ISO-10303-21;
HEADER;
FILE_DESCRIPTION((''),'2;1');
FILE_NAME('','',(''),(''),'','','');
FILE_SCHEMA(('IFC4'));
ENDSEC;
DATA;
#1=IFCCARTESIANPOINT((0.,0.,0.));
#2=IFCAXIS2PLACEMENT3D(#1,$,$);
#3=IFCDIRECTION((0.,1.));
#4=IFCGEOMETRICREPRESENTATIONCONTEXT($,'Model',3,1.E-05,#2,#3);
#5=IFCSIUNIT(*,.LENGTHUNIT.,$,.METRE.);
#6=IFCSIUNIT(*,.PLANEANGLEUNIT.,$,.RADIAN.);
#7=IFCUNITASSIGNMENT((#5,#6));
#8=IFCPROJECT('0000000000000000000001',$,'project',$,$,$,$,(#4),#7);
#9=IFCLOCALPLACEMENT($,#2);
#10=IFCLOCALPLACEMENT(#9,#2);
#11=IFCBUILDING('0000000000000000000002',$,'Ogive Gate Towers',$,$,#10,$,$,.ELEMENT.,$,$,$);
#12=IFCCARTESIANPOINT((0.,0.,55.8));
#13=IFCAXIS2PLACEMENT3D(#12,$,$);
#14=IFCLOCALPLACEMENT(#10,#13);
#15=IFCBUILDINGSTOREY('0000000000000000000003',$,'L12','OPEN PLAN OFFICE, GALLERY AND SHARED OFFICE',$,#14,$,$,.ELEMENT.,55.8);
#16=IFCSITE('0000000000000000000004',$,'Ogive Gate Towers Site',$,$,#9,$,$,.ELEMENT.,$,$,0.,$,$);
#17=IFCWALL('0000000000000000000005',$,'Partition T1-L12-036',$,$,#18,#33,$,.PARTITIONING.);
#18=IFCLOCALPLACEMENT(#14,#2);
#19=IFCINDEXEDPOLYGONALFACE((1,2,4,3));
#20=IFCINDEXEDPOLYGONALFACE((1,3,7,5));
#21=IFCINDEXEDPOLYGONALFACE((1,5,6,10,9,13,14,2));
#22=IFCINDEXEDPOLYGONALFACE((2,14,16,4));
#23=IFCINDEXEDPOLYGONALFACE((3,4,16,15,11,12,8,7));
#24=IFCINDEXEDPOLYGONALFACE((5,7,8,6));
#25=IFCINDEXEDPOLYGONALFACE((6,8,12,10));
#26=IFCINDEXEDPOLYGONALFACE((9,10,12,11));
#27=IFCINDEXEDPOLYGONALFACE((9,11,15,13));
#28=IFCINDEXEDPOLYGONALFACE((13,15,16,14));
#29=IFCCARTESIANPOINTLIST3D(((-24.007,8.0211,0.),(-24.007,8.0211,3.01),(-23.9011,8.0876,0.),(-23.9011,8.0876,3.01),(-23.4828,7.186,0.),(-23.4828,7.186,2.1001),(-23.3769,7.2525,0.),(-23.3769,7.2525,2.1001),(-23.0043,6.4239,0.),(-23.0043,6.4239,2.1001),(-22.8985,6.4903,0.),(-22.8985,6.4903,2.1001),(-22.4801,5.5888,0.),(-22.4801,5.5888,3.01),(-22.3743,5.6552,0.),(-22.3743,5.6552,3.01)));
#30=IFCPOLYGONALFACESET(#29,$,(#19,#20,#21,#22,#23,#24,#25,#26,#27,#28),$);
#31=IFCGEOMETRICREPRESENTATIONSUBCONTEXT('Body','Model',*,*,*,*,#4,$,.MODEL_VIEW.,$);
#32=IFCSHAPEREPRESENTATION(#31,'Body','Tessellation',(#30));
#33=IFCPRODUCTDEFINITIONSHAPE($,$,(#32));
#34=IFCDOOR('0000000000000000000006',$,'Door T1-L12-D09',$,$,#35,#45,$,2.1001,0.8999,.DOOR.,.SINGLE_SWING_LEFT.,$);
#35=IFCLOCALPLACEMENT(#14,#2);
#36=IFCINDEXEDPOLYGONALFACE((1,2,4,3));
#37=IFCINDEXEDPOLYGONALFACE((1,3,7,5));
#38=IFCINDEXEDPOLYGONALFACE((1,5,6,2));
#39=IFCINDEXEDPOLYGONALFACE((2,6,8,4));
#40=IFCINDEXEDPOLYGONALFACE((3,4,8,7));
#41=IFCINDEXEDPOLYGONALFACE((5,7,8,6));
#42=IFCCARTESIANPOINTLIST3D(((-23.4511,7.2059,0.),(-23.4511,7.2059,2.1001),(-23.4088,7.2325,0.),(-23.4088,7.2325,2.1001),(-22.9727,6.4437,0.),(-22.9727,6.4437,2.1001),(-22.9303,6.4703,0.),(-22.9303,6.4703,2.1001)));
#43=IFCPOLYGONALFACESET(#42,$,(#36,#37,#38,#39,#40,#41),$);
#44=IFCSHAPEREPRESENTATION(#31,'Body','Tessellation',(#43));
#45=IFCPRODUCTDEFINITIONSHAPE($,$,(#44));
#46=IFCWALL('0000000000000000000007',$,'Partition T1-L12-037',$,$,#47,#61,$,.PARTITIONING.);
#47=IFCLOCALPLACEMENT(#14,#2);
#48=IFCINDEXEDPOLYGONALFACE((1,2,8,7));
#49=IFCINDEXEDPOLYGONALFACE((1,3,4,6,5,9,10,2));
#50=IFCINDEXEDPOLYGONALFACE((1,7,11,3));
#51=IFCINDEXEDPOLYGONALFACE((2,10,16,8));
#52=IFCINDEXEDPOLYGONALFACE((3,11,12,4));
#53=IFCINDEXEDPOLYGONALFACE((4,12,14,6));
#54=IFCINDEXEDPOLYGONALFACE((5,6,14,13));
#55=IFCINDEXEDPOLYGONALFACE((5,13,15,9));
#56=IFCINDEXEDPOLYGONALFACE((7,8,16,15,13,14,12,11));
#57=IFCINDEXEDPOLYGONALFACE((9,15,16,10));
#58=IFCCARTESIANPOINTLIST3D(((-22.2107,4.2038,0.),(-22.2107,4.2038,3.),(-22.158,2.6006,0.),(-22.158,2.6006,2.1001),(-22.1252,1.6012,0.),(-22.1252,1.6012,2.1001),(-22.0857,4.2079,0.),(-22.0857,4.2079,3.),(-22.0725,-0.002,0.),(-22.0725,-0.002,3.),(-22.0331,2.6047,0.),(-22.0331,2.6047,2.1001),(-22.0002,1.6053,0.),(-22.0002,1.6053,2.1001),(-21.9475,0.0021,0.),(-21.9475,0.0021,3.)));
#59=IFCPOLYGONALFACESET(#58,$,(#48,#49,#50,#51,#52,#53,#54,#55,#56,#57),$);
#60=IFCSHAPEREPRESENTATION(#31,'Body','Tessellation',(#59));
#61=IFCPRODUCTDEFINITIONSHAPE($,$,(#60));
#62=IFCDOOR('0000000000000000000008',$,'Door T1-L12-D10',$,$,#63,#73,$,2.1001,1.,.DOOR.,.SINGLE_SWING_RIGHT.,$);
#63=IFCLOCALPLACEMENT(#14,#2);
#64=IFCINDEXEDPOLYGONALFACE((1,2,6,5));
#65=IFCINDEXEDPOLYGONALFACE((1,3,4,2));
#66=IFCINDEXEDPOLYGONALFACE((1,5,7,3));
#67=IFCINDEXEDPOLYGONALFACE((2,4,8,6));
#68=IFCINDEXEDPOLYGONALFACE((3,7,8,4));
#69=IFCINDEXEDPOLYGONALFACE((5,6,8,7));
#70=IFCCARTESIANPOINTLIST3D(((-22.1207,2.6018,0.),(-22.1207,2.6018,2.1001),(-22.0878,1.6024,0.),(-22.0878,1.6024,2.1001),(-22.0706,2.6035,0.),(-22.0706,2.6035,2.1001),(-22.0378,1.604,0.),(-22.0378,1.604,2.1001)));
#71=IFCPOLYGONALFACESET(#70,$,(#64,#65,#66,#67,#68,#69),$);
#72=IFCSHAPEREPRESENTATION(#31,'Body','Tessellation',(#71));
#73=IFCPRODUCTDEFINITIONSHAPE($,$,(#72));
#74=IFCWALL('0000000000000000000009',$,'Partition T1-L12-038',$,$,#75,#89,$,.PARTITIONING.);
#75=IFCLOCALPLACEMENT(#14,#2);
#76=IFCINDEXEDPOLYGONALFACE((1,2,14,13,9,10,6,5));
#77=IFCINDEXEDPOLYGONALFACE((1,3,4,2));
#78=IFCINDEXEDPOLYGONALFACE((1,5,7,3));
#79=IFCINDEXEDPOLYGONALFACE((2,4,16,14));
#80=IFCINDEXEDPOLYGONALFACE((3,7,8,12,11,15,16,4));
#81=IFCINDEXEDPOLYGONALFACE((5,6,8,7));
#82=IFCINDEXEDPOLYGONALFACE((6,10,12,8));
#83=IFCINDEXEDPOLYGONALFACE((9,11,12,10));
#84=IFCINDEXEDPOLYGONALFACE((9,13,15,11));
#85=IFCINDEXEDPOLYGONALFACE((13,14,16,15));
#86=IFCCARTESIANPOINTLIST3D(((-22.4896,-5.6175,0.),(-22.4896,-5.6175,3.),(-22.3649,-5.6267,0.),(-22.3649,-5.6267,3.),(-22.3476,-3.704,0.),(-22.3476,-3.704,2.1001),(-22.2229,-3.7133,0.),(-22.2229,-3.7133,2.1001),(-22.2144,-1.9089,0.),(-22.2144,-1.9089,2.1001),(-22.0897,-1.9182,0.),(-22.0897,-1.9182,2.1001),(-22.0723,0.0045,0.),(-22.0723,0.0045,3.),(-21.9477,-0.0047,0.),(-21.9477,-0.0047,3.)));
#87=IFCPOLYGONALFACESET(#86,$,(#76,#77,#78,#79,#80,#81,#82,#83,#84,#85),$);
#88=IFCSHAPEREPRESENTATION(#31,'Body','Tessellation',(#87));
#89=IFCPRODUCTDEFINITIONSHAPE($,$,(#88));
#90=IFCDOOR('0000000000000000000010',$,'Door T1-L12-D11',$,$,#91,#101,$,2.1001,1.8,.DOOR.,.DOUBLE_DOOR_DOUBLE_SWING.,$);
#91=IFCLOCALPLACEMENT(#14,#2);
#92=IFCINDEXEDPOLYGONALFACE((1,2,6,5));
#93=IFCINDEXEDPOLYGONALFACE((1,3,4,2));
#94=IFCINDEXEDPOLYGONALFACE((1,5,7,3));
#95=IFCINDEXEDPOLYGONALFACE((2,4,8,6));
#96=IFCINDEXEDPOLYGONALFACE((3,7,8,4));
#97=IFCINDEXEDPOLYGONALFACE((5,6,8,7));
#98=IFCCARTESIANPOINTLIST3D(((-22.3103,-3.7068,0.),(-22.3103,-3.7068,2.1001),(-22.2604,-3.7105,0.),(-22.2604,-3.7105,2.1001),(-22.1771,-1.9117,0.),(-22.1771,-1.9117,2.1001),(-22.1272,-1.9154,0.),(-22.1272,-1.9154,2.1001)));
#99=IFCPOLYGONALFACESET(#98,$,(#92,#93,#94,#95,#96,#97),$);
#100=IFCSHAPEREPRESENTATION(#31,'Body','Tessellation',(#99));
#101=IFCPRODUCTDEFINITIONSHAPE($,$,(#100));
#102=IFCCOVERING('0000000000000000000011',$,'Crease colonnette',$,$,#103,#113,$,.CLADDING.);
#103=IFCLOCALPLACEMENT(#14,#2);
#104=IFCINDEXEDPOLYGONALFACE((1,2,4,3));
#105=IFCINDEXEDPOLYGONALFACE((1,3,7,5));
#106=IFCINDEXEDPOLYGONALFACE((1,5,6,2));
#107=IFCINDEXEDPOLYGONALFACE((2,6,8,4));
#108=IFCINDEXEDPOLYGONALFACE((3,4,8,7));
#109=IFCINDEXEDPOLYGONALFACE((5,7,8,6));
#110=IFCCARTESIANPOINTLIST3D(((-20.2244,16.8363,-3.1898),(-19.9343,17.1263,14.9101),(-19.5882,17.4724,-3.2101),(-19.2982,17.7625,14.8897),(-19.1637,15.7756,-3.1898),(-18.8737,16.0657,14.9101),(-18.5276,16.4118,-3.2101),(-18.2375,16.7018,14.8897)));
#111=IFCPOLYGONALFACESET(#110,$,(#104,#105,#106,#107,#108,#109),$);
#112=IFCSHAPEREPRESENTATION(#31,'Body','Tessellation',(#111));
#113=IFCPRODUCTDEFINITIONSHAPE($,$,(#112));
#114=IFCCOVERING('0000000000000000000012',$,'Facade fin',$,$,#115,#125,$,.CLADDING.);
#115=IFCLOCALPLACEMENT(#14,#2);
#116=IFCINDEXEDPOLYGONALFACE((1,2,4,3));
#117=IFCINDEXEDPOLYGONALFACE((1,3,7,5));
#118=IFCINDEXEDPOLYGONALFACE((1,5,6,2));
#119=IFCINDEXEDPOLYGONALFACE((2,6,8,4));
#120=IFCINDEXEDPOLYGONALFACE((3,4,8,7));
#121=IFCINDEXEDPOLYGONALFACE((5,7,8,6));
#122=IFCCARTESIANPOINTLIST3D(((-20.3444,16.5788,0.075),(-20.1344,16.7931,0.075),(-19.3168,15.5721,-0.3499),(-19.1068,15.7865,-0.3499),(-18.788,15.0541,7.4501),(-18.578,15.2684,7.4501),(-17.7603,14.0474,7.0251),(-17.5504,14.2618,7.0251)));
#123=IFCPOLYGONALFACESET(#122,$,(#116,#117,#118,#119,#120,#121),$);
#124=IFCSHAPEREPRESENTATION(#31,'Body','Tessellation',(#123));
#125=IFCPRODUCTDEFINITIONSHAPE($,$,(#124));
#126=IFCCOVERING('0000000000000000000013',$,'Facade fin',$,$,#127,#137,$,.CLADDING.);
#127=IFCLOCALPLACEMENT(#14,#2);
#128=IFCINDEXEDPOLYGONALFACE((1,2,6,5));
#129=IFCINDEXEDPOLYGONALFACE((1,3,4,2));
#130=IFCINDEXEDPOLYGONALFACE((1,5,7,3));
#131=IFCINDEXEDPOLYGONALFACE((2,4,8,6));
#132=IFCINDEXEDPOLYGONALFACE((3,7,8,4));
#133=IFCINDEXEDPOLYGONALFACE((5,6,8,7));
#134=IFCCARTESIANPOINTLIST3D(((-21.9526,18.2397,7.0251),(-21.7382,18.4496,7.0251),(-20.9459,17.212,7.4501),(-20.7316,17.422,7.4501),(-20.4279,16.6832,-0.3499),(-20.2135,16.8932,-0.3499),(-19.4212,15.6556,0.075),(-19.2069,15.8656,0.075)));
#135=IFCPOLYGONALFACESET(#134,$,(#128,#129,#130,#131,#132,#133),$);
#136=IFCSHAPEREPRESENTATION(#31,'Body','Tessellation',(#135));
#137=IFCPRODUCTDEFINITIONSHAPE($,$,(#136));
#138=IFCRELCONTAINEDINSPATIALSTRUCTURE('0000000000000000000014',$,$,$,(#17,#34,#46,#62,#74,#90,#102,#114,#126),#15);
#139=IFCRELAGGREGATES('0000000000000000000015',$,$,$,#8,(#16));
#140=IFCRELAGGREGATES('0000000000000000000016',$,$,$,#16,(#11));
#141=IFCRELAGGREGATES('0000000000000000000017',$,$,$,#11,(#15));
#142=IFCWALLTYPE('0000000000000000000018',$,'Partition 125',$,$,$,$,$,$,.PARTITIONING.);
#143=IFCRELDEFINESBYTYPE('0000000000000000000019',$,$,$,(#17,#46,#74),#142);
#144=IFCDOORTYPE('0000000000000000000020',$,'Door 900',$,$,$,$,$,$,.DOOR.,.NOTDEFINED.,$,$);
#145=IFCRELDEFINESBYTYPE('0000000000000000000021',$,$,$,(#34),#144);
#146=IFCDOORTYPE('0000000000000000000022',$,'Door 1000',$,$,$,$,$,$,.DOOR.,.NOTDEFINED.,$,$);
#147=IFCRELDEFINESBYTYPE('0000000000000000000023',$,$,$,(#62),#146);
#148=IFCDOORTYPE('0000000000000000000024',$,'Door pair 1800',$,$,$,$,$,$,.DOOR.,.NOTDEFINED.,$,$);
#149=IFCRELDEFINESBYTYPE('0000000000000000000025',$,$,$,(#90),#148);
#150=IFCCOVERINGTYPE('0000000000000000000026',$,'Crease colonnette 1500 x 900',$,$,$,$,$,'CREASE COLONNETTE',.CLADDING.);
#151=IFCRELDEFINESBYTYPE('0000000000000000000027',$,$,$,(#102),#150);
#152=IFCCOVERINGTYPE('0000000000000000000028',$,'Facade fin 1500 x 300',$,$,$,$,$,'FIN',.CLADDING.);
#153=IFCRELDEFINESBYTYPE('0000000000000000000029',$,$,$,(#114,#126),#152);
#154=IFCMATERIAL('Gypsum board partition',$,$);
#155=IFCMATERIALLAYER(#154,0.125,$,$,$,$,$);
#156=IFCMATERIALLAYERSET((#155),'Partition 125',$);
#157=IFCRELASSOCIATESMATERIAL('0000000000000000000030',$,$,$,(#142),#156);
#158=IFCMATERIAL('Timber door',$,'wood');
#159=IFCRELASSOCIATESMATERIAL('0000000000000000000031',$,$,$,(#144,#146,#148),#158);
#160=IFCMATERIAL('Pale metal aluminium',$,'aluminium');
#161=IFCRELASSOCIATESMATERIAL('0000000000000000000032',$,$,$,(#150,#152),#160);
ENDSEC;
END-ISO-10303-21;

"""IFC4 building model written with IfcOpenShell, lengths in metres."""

from ifc_helpers import new_model, si_unit, direction, frame, frame_2d, origin, origin_2d, place, context, subcontext, project, spatial, rectangle, extrude, material, layer, layer_set, material_profile, profile_set, type_object, element, fill, save


model = new_model("IFC4")

# Units and contexts
model_context = context("Model", 3, precision=1e-05, world=origin(), true_north=direction((0.0, 1.0)))
body_context = subcontext(model_context, "Body", "Model", "MODEL_VIEW")
ifc_project = project(units=[si_unit("LENGTHUNIT", "METRE"), si_unit("PLANEANGLEUNIT", "RADIAN")], contexts=[model_context])

# Site, building, storey
site_placement = place(None, origin())
site = spatial("IfcSite", under=ifc_project, at=site_placement, Name="Ogive Gate Towers Site", CompositionType="ELEMENT", RefElevation=0.0)
building_placement = place(site_placement, origin())
building = spatial("IfcBuilding", under=site, at=building_placement, Name="Ogive Gate Towers", CompositionType="ELEMENT")
storey_placement = place(building_placement, frame((0.0, 0.0, 55.8)))
storey = spatial("IfcBuildingStorey", under=building, at=storey_placement, Name="L12", Description="OPEN PLAN OFFICE, GALLERY AND SHARED OFFICE", CompositionType="ELEMENT", Elevation=55.8)

# Shared definitions
ifc_material_1 = material(Name="Pale metal aluminium", Category="aluminium")

# Shared definitions
ifc_material_2 = material(Name="Gypsum board partition")
ifc_layer_1 = layer(ifc_material_2, 0.125)
ifc_layer_set_1 = layer_set([ifc_layer_1], Name="Partition 125")
wall_type = type_object("IfcWallType", Name="Partition 125", PredefinedType="PARTITIONING", material=ifc_layer_set_1)

# Walls, openings, doors
ifc_material_3 = material(Name="Timber door", Category="wood")
door_type_1 = type_object("IfcDoorType", Name="Door 900", OperationType="NOTDEFINED", PredefinedType="DOOR", material=ifc_material_3)
wall_1_placement = place(storey_placement, frame((-23.9541, 8.0544, 0.0), z_axis=(0.0, 0.0, 1.0), x_axis=(0.531656, -0.84696, 0.0)))
wall_1 = element("IfcWall", 1, at=wall_1_placement, inside=storey, type_object=wall_type, Name="Partition T1-L12-036", PredefinedType="PARTITIONING", context=body_context, shape_type="SweptSolid", body=[
    extrude(rectangle(XDim=2.8718, YDim=0.125, at=frame_2d((1.436, 0.0))), origin(), (0.0, 0.0, 1.0), 3.01),
])
opening_1_placement = place(wall_1_placement, frame((0.9861, 0.0, 0.0)))
opening_1 = element("IfcOpeningElement", 2, at=opening_1_placement, cuts=wall_1, PredefinedType="OPENING", context=body_context, shape_type="SweptSolid", body=[
    extrude(rectangle(XDim=0.8999, YDim=2.1001, at=frame_2d((0.45, 1.05))), frame((0.0, 0.0725, 0.0), z_axis=(0.0, -1.0, 0.0), x_axis=(1.0, 0.0, 0.0)), (0.0, 0.0, 1.0), 0.145),
])
door_1_placement = place(opening_1_placement, origin())
door_1 = element("IfcDoor", 3, at=door_1_placement, inside=storey, type_object=door_type_1, Name="Door T1-L12-D09", OperationType="SINGLE_SWING_LEFT", OverallHeight=2.1001, OverallWidth=0.8999, PredefinedType="DOOR", context=body_context, shape_type="SweptSolid", body=[
    extrude(rectangle(XDim=0.8999, YDim=2.1001, at=frame_2d((0.45, 1.05))), frame((0.0, 0.0249, 0.0), z_axis=(0.0, -1.0, 0.0), x_axis=(1.0, 0.0, 0.0)), (0.0, 0.0, 1.0), 0.05),
])
fill(opening_1, door_1)
wall_2_placement = place(storey_placement, frame((-22.1482, 4.2058, 0.0), z_axis=(0.0, 0.0, 1.0), x_axis=(0.032838, -0.999461, 0.0)))
wall_2 = element("IfcWall", 4, at=wall_2_placement, inside=storey, type_object=wall_type, Name="Partition T1-L12-037", PredefinedType="PARTITIONING", context=body_context, shape_type="SweptSolid", body=[
    extrude(rectangle(XDim=4.208, YDim=0.125, at=frame_2d((2.104, 0.0))), origin(), (0.0, 0.0, 1.0), 3.0),
])
opening_2_placement = place(wall_2_placement, frame((1.604, 0.0, 0.0)))
opening_2 = element("IfcOpeningElement", 5, at=opening_2_placement, cuts=wall_2, PredefinedType="OPENING", context=body_context, shape_type="SweptSolid", body=[
    extrude(rectangle(XDim=1.0, YDim=2.1001, at=frame_2d((0.5, 1.05))), frame((0.0, 0.0725, 0.0), z_axis=(0.0, -1.0, 0.0), x_axis=(1.0, 0.0, 0.0)), (0.0, 0.0, 1.0), 0.145),
])
door_type_2 = type_object("IfcDoorType", Name="Door 1000", OperationType="NOTDEFINED", PredefinedType="DOOR", material=ifc_material_3)
door_2_placement = place(opening_2_placement, origin())
door_2 = element("IfcDoor", 6, at=door_2_placement, inside=storey, type_object=door_type_2, Name="Door T1-L12-D10", OperationType="SINGLE_SWING_RIGHT", OverallHeight=2.1001, OverallWidth=1.0, PredefinedType="DOOR", context=body_context, shape_type="SweptSolid", body=[
    extrude(rectangle(XDim=1.0, YDim=2.1001, at=frame_2d((0.5, 1.05))), frame((0.0, 0.0249, 0.0), z_axis=(0.0, -1.0, 0.0), x_axis=(1.0, 0.0, 0.0)), (0.0, 0.0, 1.0), 0.05),
])
fill(opening_2, door_2)
wall_3_placement = place(storey_placement, frame((-22.01, 0.0, 0.0), z_axis=(0.0, 0.0, 1.0), x_axis=(-0.07401, -0.997257, 0.0)))
wall_3 = element("IfcWall", 7, at=wall_3_placement, inside=storey, type_object=wall_type, Name="Partition T1-L12-038", PredefinedType="PARTITIONING", context=body_context, shape_type="SweptSolid", body=[
    extrude(rectangle(XDim=5.6375, YDim=0.125, at=frame_2d((2.8188, 0.0))), origin(), (0.0, 0.0, 1.0), 3.0),
])
opening_3_placement = place(wall_3_placement, frame((1.9189, 0.0, 0.0)))
opening_3 = element("IfcOpeningElement", 8, at=opening_3_placement, cuts=wall_3, PredefinedType="OPENING", context=body_context, shape_type="SweptSolid", body=[
    extrude(rectangle(XDim=1.8, YDim=2.1001, at=frame_2d((0.8999, 1.05))), frame((0.0, 0.0725, 0.0), z_axis=(0.0, -1.0, 0.0), x_axis=(1.0, 0.0, 0.0)), (0.0, 0.0, 1.0), 0.145),
])
door_type_3 = type_object("IfcDoorType", Name="Door pair 1800", OperationType="NOTDEFINED", PredefinedType="DOOR", material=ifc_material_3)
door_3_placement = place(opening_3_placement, origin())
door_3 = element("IfcDoor", 9, at=door_3_placement, inside=storey, type_object=door_type_3, Name="Door T1-L12-D11", OperationType="DOUBLE_DOOR_DOUBLE_SWING", OverallHeight=2.1001, OverallWidth=1.8, PredefinedType="DOOR", context=body_context, shape_type="SweptSolid", body=[
    extrude(rectangle(XDim=1.8, YDim=2.1001, at=frame_2d((0.8999, 1.05))), frame((0.0, 0.0249, 0.0), z_axis=(0.0, -1.0, 0.0), x_axis=(1.0, 0.0, 0.0)), (0.0, 0.0, 1.0), 0.05),
])
fill(opening_3, door_3)

# Coverings
ifc_material_profile_1 = material_profile(ifc_material_1, rectangle(XDim=1.5, YDim=0.8999, at=origin_2d()), Name="1500 x 900 pale metal aluminium")
ifc_profile_set_1 = profile_set([ifc_material_profile_1], Name="Pale metal aluminium")
covering_type_1 = type_object("IfcCoveringType", Name="Crease colonnette 1500 x 900", ElementType="CREASE COLONNETTE", PredefinedType="CLADDING", material=ifc_profile_set_1)
covering_placement = place(storey_placement, frame((-19.376, 16.624, -3.2), z_axis=(0.01602, 0.01602, 0.999743), x_axis=(-0.707107, 0.707107, 0.0)))
element("IfcCovering", 10, at=covering_placement, inside=storey, type_object=covering_type_1, Name="Crease colonnette", PredefinedType="CLADDING", context=body_context, shape_type="SweptSolid", body=[
    extrude(rectangle(XDim=1.5, YDim=0.8999, at=origin_2d()), origin(), (0.0, 0.0, 1.0), 18.1045),
])
ifc_material_profile_2 = material_profile(ifc_material_1, rectangle(XDim=0.3, YDim=1.5, at=origin_2d()), Name="1500 x 300 pale metal aluminium")
ifc_profile_set_2 = profile_set([ifc_material_profile_2], Name="Pale metal aluminium")
covering_type_2 = type_object("IfcCoveringType", Name="Facade fin 1500 x 300", ElementType="FIN", PredefinedType="CLADDING", material=ifc_profile_set_2)
for number, where, z_axis, x_axis, name in (
    (11, (-19.7256, 16.1826, -0.1375), (0.20239, -0.198263, 0.959026), (0.699786, 0.714353, 0.0), "Facade fin"),
    (12, (-19.8174, 16.2744, -0.1375), (-0.198263, 0.20239, 0.959026), (-0.714353, -0.699786, 0.0), "Facade fin"),
):
    element("IfcCovering", number, at=place(storey_placement, frame(where, z_axis=z_axis, x_axis=x_axis)), inside=storey, type_object=covering_type_2, Name=name, PredefinedType="CLADDING", context=body_context, shape_type="SweptSolid", body=[
        extrude(rectangle(XDim=0.3, YDim=1.5, at=origin_2d()), origin(), (0.0, 0.0, 1.0), 7.6902),
    ])

save(model, "model.ifc")
